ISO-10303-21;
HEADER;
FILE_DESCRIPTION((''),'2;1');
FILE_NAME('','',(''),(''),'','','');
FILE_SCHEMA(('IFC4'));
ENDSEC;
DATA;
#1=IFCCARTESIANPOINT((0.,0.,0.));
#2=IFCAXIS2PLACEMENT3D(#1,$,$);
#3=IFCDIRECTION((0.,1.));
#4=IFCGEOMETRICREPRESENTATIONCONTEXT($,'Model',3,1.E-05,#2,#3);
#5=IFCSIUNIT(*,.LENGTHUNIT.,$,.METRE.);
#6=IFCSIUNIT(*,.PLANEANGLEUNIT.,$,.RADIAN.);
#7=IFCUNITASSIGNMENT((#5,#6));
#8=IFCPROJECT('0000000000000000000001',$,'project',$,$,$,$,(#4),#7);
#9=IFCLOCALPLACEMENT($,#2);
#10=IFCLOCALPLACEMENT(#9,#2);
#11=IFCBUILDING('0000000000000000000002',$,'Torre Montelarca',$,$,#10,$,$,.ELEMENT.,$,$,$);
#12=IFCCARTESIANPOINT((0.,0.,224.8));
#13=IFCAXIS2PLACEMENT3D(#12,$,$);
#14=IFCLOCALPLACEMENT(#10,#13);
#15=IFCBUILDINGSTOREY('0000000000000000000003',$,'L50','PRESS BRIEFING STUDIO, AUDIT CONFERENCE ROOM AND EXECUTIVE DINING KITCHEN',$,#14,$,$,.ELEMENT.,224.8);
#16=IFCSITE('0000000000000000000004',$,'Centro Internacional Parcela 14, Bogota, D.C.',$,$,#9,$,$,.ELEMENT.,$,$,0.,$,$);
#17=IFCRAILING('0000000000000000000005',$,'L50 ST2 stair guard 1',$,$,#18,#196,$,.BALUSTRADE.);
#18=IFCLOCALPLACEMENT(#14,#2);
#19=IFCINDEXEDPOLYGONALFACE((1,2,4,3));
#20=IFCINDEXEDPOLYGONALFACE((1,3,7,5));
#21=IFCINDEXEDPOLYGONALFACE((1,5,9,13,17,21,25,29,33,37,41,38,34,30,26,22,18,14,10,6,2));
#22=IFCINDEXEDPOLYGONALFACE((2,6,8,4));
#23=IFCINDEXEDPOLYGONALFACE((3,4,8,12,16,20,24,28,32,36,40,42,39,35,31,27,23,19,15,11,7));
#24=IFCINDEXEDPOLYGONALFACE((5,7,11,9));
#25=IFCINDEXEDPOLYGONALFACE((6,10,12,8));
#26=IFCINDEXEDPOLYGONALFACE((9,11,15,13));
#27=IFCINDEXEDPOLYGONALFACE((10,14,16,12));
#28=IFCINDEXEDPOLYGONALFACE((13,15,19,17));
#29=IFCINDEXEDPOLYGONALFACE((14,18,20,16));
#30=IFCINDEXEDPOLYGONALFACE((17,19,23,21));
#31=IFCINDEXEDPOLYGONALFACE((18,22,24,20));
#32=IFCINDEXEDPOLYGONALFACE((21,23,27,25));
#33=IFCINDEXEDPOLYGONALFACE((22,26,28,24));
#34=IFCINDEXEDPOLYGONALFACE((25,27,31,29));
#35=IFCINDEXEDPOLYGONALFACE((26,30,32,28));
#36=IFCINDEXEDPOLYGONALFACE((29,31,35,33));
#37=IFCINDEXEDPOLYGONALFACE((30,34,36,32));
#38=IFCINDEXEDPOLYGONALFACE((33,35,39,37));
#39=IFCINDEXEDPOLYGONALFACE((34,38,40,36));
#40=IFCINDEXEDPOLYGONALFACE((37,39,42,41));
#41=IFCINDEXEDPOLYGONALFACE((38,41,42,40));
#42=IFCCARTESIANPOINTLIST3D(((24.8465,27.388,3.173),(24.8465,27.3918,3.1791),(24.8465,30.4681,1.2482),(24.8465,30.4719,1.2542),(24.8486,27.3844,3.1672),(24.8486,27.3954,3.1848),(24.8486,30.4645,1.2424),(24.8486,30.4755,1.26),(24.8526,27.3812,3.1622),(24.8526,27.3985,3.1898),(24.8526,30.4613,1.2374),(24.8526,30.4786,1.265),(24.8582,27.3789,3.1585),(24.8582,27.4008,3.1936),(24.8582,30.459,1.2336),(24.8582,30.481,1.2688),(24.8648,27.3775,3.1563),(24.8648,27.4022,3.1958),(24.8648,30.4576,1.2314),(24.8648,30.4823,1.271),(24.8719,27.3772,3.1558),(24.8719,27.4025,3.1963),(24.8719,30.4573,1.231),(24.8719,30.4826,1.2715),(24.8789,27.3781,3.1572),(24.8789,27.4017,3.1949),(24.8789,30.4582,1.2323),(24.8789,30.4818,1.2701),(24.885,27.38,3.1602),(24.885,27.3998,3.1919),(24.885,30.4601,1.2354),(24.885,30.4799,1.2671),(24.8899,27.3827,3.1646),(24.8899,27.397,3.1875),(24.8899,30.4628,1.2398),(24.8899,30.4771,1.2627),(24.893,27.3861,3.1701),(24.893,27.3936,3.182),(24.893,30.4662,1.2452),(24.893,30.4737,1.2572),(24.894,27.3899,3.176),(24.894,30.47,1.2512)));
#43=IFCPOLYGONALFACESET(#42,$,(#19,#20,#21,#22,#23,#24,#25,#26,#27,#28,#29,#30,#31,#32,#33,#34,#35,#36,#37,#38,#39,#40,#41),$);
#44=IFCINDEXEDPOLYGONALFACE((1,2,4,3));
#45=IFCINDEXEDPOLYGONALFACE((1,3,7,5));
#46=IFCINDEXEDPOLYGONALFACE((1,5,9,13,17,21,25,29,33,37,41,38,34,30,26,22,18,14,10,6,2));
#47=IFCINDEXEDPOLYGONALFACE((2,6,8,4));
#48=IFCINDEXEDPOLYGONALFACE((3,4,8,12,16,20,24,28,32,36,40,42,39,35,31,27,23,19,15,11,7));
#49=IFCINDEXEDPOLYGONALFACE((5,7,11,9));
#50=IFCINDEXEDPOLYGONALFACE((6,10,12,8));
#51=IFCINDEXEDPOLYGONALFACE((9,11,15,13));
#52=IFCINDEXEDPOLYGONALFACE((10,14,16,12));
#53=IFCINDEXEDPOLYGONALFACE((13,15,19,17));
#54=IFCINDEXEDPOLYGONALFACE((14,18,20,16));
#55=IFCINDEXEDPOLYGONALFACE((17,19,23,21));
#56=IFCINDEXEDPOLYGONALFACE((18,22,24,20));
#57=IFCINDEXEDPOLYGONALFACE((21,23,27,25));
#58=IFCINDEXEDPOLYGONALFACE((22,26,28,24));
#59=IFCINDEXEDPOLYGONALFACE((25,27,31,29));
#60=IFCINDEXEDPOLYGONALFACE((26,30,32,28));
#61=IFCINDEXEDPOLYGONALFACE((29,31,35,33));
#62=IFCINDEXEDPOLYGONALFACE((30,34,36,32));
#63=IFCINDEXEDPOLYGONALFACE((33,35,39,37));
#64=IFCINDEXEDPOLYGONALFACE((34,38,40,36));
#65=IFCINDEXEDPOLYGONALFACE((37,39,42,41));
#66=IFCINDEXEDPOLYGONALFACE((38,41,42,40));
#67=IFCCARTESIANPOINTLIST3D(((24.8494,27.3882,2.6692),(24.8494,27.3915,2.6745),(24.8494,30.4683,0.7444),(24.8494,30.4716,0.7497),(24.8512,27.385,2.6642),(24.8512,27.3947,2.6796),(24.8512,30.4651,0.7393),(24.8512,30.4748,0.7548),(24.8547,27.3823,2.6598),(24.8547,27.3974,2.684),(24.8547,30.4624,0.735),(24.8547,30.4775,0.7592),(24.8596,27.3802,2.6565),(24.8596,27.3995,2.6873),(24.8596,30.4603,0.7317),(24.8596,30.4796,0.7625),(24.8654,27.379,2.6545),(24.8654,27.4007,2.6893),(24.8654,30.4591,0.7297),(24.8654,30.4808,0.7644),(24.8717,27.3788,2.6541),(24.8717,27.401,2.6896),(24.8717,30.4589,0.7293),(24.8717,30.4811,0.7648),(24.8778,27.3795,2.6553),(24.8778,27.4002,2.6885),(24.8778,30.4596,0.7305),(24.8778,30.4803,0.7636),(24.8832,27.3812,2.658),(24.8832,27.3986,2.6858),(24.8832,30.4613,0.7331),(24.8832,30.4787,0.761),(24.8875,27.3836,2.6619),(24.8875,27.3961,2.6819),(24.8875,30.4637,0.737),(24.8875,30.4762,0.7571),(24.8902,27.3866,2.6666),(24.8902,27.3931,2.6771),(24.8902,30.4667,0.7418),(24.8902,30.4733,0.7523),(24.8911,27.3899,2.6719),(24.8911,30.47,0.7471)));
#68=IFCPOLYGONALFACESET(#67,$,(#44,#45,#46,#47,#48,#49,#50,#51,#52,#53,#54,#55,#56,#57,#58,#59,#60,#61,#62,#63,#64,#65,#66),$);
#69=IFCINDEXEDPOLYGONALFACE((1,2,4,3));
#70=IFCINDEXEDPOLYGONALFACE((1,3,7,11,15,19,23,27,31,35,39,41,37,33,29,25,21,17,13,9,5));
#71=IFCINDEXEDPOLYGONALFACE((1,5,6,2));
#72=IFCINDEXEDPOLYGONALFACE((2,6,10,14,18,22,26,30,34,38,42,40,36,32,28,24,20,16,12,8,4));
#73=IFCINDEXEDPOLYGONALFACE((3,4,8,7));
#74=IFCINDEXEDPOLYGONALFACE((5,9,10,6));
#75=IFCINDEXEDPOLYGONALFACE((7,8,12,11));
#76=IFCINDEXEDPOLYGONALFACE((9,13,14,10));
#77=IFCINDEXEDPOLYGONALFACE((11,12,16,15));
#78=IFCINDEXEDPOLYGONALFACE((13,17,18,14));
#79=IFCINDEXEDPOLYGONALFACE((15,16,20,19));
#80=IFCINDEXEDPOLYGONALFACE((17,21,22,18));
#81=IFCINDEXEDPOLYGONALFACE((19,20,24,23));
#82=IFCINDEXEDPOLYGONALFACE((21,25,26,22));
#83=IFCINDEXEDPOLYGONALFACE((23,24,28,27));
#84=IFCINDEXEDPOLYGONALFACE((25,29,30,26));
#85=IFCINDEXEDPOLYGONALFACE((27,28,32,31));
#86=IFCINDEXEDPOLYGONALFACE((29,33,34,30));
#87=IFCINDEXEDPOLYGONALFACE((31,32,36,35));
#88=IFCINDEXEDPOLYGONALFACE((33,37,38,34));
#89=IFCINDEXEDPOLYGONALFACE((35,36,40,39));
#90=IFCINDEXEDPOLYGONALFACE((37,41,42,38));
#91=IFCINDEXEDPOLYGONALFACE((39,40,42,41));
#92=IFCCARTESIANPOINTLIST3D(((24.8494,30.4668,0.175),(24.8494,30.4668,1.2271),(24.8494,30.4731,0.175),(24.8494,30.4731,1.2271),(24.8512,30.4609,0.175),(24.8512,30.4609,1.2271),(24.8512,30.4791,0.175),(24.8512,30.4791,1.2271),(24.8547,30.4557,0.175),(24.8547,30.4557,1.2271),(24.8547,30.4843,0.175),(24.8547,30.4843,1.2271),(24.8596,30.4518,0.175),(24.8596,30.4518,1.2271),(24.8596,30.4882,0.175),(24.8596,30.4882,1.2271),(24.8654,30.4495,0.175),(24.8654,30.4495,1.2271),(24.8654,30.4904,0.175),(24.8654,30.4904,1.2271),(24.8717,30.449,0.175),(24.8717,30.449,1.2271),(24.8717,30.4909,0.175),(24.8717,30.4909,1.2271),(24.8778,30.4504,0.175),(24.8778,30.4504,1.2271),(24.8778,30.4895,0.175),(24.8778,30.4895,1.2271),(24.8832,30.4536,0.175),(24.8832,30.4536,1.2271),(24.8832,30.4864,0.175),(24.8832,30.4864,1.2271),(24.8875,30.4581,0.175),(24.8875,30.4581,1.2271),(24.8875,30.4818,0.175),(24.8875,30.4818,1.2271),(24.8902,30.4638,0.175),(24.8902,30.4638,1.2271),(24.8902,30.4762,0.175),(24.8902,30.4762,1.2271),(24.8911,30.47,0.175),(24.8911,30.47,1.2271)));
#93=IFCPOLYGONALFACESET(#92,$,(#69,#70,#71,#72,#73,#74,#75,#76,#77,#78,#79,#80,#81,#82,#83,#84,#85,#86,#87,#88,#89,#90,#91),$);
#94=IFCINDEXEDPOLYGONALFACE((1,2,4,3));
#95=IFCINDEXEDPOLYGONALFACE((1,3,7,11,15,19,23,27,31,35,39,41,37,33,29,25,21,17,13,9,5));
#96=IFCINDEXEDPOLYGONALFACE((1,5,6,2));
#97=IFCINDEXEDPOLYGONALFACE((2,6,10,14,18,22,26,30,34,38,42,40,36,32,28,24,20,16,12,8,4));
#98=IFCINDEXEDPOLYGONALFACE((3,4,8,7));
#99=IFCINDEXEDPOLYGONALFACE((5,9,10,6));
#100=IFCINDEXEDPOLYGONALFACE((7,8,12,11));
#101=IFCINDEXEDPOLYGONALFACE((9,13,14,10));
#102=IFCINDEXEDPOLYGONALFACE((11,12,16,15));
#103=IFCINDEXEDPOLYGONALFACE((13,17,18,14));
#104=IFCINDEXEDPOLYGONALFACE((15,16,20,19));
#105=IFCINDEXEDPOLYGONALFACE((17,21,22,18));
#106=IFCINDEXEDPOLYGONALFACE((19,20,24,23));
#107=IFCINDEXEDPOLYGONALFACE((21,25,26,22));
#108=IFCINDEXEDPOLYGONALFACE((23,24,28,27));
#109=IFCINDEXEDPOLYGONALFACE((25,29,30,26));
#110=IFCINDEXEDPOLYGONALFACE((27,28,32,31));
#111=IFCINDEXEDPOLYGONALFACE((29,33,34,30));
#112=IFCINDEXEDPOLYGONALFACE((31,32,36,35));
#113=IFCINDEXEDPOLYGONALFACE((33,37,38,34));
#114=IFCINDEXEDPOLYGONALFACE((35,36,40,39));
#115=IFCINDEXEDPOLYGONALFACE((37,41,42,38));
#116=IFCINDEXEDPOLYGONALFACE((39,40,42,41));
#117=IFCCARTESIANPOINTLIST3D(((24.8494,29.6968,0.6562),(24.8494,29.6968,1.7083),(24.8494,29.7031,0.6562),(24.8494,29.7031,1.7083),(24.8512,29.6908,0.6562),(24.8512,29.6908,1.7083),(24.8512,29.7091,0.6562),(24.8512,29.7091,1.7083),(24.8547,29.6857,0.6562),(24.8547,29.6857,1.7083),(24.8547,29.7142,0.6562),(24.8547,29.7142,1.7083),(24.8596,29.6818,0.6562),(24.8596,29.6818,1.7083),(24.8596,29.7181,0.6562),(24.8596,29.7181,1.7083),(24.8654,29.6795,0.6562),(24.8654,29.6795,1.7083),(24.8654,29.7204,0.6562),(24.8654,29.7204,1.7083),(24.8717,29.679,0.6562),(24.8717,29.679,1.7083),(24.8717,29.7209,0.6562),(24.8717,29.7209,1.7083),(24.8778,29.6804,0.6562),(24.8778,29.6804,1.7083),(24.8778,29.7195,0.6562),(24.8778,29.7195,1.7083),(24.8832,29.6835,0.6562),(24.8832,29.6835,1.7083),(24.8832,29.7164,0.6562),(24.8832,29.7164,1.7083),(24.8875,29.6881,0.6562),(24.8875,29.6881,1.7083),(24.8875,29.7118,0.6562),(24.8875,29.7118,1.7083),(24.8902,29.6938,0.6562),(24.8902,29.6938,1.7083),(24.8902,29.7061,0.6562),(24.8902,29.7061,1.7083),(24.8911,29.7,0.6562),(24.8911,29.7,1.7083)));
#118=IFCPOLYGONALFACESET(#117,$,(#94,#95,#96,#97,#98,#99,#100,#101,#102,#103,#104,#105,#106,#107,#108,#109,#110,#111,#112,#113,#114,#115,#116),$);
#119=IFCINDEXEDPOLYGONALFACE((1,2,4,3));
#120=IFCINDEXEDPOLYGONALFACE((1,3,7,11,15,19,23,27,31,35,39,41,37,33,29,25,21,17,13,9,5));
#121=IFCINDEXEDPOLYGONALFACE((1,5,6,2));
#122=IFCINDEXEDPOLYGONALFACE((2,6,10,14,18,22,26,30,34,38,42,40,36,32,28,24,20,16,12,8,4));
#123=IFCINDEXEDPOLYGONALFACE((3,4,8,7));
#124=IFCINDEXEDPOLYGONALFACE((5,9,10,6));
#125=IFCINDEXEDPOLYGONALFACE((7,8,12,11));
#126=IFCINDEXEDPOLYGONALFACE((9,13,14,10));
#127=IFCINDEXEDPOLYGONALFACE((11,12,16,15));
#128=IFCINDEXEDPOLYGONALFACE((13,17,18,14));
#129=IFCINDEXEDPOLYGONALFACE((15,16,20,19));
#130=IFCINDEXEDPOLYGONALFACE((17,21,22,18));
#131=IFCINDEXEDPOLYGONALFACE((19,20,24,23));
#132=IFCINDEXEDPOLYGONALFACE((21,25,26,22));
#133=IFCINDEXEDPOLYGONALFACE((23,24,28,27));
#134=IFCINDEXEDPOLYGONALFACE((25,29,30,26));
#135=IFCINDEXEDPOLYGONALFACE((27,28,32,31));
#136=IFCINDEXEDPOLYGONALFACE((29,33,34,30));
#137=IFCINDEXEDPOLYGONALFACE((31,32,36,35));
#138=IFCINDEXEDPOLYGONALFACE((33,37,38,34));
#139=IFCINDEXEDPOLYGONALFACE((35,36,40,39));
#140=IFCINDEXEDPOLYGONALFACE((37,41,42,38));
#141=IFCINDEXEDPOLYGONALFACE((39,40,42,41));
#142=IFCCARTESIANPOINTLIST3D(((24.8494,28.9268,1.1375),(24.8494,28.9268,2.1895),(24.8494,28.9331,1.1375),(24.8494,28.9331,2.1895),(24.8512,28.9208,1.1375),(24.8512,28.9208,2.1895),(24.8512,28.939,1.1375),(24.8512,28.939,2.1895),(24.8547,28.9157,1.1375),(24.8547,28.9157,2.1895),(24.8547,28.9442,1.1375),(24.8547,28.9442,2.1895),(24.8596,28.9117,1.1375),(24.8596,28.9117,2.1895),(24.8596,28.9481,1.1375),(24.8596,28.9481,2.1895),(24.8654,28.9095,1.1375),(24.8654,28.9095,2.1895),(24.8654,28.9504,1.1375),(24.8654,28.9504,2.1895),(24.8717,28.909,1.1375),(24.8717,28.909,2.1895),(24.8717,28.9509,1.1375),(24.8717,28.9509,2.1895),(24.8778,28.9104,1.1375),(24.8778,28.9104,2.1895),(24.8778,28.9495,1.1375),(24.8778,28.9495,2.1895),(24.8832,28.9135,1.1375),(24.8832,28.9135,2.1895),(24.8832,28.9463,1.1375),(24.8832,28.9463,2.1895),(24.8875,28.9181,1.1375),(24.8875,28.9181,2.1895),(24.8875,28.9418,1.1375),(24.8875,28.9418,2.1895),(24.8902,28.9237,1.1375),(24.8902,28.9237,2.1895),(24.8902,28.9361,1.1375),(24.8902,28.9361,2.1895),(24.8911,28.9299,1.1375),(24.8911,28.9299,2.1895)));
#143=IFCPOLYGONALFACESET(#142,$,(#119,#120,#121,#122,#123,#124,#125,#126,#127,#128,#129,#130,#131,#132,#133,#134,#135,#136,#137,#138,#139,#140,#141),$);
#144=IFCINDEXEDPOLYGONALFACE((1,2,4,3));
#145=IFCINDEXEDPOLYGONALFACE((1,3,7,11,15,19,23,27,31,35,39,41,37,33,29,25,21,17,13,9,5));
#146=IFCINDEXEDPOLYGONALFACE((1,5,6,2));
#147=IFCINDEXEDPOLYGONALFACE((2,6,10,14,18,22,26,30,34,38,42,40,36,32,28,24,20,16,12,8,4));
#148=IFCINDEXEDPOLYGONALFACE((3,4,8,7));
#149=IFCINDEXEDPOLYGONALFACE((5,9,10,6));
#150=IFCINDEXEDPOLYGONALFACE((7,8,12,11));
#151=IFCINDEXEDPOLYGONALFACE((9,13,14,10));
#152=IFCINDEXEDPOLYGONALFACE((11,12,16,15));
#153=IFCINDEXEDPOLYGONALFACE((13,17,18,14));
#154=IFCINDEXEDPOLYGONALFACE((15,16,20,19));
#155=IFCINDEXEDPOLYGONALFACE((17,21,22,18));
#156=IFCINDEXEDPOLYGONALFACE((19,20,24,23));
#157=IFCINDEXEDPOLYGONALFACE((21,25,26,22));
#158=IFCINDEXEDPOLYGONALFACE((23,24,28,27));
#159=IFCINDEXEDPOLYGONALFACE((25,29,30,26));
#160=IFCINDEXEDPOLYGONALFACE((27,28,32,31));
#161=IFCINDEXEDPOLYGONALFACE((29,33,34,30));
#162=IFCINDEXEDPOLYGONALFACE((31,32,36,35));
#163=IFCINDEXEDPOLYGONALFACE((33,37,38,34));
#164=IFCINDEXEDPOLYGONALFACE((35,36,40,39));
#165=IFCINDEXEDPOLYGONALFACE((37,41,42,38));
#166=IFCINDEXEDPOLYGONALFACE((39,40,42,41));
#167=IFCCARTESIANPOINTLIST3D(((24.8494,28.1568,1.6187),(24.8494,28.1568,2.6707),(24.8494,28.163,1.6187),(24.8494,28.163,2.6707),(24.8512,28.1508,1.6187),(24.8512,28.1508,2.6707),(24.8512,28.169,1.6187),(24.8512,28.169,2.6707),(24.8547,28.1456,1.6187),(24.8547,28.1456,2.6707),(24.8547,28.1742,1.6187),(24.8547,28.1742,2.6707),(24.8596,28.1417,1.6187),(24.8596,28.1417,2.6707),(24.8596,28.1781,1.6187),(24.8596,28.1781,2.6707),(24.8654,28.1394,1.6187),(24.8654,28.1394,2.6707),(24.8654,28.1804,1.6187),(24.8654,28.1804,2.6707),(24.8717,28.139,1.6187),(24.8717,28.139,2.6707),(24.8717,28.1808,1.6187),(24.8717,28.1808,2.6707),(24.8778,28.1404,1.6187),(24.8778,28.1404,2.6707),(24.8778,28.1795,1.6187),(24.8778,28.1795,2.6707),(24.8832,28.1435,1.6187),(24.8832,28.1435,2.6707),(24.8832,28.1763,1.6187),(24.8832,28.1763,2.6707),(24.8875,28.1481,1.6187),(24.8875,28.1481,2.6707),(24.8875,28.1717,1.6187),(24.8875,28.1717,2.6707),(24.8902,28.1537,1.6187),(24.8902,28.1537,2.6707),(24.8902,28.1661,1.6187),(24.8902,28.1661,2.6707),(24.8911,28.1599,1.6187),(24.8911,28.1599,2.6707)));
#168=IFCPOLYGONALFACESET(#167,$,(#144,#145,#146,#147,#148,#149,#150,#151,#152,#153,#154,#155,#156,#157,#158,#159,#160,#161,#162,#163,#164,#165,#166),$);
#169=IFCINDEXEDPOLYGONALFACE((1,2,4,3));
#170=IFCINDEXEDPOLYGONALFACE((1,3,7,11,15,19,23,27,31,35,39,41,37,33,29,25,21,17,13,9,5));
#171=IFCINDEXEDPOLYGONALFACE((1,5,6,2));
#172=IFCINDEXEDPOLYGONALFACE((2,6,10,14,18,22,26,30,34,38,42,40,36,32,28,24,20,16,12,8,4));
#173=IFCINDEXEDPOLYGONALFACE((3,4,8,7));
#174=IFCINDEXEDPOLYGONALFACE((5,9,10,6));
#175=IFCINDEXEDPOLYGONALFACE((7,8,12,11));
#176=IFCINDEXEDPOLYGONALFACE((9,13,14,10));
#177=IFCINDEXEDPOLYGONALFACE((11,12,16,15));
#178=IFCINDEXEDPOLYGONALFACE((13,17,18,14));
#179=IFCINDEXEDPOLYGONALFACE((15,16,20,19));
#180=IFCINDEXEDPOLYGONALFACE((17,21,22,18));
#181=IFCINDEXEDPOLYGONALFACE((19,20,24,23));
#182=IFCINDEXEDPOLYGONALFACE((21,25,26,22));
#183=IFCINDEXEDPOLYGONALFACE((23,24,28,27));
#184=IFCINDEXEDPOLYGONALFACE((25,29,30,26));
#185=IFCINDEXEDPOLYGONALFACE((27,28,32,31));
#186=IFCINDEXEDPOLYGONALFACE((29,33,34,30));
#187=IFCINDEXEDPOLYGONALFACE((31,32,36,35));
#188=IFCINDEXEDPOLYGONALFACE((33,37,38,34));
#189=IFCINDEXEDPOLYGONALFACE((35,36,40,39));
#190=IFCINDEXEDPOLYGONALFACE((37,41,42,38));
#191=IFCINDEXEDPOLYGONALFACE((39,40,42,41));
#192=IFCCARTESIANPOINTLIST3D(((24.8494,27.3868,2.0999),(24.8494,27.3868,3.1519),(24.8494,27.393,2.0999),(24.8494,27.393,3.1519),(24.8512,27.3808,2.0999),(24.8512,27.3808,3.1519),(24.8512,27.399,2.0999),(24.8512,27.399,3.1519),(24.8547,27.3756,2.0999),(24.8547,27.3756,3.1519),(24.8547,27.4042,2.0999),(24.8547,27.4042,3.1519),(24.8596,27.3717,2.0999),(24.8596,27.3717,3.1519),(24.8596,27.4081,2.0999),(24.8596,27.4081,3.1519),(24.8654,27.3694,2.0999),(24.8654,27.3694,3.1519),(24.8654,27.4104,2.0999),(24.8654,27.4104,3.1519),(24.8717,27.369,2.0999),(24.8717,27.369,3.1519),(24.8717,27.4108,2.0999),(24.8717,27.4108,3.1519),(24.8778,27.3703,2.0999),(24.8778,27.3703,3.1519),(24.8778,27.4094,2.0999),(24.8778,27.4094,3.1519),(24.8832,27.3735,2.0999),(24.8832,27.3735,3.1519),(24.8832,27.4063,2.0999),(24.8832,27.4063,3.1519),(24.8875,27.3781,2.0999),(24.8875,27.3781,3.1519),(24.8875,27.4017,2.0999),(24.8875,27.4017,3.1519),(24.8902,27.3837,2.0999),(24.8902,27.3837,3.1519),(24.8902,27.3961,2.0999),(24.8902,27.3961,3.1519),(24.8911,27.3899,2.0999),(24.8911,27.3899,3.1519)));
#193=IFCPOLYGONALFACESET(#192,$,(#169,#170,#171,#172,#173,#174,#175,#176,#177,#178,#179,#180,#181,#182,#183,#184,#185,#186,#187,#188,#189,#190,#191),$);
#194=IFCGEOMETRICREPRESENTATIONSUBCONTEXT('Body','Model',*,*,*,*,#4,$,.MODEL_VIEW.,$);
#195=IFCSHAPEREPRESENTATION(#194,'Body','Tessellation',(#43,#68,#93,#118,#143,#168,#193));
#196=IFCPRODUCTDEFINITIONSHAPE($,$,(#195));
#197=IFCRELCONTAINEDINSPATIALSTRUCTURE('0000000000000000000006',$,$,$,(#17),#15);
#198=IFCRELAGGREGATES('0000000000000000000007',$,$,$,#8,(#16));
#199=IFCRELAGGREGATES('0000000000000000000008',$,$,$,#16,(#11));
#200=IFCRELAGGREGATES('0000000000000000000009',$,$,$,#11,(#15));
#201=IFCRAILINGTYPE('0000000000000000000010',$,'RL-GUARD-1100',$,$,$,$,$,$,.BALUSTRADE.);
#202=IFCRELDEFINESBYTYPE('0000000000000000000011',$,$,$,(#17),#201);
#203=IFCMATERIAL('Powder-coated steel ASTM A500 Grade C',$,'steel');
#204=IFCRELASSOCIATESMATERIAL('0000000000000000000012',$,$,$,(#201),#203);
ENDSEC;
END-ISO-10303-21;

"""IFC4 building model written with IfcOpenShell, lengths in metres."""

from ifc_helpers import new_model, si_unit, direction, frame, origin, origin_2d, place, context, subcontext, project, spatial, circle, extrude, material, type_object, element, save


model = new_model("IFC4")

# Units and contexts
model_context = context("Model", 3, precision=1e-05, world=origin(), true_north=direction((0.0, 1.0)))
body_context = subcontext(model_context, "Body", "Model", "MODEL_VIEW")
ifc_project = project(units=[si_unit("LENGTHUNIT", "METRE"), si_unit("PLANEANGLEUNIT", "RADIAN")], contexts=[model_context])

# Site, building, storey
site_placement = place(None, origin())
site = spatial("IfcSite", under=ifc_project, at=site_placement, Name="Centro Internacional Parcela 14, Bogota, D.C.", CompositionType="ELEMENT", RefElevation=0.0)
building_placement = place(site_placement, origin())
building = spatial("IfcBuilding", under=site, at=building_placement, Name="Torre Montelarca", CompositionType="ELEMENT")
storey_placement = place(building_placement, frame((0.0, 0.0, 224.8)))
storey = spatial("IfcBuildingStorey", under=building, at=storey_placement, Name="L50", Description="PRESS BRIEFING STUDIO, AUDIT CONFERENCE ROOM AND EXECUTIVE DINING KITCHEN", CompositionType="ELEMENT", Elevation=224.8)

# Railing
ifc_material_1 = material(Name="Powder-coated steel ASTM A500 Grade C", Category="steel")
railing_type_1 = type_object("IfcRailingType", Name="RL-GUARD-1100", PredefinedType="BALUSTRADE", material=ifc_material_1)
railing_1_placement = place(storey_placement, frame((24.8701, 30.47, 0.175)))
element("IfcRailing", 1, at=railing_1_placement, inside=storey, type_object=railing_type_1, Name="L50 ST2 stair guard 1", PredefinedType="BALUSTRADE", context=body_context, shape_type="SweptSolid", body=[
    extrude(circle(Radius=0.0239, at=origin_2d()), frame((0.0, 0.0, 1.0762), z_axis=(0.0, -0.848029, 0.529951), x_axis=(1.0, 0.0, 0.0)), (0.0, 0.0, 1.0), 3.6321),
    extrude(circle(Radius=0.021, at=origin_2d()), frame((0.0, 0.0, 0.572), z_axis=(0.0, -0.848029, 0.529951), x_axis=(1.0, 0.0, 0.0)), (0.0, 0.0, 1.0), 3.6321),
    extrude(circle(Radius=0.021, at=origin_2d()), origin(), (0.0, 0.0, 1.0), 1.052),
    extrude(circle(Radius=0.021, at=origin_2d()), frame((0.0, -0.77, 0.4812)), (0.0, 0.0, 1.0), 1.052),
    extrude(circle(Radius=0.021, at=origin_2d()), frame((0.0, -1.54, 0.9624)), (0.0, 0.0, 1.0), 1.052),
    extrude(circle(Radius=0.021, at=origin_2d()), frame((0.0, -2.3101, 1.4436)), (0.0, 0.0, 1.0), 1.052),
    extrude(circle(Radius=0.021, at=origin_2d()), frame((0.0, -3.0801, 1.9248)), (0.0, 0.0, 1.0), 1.052),
])

save(model, "model.ifc")
